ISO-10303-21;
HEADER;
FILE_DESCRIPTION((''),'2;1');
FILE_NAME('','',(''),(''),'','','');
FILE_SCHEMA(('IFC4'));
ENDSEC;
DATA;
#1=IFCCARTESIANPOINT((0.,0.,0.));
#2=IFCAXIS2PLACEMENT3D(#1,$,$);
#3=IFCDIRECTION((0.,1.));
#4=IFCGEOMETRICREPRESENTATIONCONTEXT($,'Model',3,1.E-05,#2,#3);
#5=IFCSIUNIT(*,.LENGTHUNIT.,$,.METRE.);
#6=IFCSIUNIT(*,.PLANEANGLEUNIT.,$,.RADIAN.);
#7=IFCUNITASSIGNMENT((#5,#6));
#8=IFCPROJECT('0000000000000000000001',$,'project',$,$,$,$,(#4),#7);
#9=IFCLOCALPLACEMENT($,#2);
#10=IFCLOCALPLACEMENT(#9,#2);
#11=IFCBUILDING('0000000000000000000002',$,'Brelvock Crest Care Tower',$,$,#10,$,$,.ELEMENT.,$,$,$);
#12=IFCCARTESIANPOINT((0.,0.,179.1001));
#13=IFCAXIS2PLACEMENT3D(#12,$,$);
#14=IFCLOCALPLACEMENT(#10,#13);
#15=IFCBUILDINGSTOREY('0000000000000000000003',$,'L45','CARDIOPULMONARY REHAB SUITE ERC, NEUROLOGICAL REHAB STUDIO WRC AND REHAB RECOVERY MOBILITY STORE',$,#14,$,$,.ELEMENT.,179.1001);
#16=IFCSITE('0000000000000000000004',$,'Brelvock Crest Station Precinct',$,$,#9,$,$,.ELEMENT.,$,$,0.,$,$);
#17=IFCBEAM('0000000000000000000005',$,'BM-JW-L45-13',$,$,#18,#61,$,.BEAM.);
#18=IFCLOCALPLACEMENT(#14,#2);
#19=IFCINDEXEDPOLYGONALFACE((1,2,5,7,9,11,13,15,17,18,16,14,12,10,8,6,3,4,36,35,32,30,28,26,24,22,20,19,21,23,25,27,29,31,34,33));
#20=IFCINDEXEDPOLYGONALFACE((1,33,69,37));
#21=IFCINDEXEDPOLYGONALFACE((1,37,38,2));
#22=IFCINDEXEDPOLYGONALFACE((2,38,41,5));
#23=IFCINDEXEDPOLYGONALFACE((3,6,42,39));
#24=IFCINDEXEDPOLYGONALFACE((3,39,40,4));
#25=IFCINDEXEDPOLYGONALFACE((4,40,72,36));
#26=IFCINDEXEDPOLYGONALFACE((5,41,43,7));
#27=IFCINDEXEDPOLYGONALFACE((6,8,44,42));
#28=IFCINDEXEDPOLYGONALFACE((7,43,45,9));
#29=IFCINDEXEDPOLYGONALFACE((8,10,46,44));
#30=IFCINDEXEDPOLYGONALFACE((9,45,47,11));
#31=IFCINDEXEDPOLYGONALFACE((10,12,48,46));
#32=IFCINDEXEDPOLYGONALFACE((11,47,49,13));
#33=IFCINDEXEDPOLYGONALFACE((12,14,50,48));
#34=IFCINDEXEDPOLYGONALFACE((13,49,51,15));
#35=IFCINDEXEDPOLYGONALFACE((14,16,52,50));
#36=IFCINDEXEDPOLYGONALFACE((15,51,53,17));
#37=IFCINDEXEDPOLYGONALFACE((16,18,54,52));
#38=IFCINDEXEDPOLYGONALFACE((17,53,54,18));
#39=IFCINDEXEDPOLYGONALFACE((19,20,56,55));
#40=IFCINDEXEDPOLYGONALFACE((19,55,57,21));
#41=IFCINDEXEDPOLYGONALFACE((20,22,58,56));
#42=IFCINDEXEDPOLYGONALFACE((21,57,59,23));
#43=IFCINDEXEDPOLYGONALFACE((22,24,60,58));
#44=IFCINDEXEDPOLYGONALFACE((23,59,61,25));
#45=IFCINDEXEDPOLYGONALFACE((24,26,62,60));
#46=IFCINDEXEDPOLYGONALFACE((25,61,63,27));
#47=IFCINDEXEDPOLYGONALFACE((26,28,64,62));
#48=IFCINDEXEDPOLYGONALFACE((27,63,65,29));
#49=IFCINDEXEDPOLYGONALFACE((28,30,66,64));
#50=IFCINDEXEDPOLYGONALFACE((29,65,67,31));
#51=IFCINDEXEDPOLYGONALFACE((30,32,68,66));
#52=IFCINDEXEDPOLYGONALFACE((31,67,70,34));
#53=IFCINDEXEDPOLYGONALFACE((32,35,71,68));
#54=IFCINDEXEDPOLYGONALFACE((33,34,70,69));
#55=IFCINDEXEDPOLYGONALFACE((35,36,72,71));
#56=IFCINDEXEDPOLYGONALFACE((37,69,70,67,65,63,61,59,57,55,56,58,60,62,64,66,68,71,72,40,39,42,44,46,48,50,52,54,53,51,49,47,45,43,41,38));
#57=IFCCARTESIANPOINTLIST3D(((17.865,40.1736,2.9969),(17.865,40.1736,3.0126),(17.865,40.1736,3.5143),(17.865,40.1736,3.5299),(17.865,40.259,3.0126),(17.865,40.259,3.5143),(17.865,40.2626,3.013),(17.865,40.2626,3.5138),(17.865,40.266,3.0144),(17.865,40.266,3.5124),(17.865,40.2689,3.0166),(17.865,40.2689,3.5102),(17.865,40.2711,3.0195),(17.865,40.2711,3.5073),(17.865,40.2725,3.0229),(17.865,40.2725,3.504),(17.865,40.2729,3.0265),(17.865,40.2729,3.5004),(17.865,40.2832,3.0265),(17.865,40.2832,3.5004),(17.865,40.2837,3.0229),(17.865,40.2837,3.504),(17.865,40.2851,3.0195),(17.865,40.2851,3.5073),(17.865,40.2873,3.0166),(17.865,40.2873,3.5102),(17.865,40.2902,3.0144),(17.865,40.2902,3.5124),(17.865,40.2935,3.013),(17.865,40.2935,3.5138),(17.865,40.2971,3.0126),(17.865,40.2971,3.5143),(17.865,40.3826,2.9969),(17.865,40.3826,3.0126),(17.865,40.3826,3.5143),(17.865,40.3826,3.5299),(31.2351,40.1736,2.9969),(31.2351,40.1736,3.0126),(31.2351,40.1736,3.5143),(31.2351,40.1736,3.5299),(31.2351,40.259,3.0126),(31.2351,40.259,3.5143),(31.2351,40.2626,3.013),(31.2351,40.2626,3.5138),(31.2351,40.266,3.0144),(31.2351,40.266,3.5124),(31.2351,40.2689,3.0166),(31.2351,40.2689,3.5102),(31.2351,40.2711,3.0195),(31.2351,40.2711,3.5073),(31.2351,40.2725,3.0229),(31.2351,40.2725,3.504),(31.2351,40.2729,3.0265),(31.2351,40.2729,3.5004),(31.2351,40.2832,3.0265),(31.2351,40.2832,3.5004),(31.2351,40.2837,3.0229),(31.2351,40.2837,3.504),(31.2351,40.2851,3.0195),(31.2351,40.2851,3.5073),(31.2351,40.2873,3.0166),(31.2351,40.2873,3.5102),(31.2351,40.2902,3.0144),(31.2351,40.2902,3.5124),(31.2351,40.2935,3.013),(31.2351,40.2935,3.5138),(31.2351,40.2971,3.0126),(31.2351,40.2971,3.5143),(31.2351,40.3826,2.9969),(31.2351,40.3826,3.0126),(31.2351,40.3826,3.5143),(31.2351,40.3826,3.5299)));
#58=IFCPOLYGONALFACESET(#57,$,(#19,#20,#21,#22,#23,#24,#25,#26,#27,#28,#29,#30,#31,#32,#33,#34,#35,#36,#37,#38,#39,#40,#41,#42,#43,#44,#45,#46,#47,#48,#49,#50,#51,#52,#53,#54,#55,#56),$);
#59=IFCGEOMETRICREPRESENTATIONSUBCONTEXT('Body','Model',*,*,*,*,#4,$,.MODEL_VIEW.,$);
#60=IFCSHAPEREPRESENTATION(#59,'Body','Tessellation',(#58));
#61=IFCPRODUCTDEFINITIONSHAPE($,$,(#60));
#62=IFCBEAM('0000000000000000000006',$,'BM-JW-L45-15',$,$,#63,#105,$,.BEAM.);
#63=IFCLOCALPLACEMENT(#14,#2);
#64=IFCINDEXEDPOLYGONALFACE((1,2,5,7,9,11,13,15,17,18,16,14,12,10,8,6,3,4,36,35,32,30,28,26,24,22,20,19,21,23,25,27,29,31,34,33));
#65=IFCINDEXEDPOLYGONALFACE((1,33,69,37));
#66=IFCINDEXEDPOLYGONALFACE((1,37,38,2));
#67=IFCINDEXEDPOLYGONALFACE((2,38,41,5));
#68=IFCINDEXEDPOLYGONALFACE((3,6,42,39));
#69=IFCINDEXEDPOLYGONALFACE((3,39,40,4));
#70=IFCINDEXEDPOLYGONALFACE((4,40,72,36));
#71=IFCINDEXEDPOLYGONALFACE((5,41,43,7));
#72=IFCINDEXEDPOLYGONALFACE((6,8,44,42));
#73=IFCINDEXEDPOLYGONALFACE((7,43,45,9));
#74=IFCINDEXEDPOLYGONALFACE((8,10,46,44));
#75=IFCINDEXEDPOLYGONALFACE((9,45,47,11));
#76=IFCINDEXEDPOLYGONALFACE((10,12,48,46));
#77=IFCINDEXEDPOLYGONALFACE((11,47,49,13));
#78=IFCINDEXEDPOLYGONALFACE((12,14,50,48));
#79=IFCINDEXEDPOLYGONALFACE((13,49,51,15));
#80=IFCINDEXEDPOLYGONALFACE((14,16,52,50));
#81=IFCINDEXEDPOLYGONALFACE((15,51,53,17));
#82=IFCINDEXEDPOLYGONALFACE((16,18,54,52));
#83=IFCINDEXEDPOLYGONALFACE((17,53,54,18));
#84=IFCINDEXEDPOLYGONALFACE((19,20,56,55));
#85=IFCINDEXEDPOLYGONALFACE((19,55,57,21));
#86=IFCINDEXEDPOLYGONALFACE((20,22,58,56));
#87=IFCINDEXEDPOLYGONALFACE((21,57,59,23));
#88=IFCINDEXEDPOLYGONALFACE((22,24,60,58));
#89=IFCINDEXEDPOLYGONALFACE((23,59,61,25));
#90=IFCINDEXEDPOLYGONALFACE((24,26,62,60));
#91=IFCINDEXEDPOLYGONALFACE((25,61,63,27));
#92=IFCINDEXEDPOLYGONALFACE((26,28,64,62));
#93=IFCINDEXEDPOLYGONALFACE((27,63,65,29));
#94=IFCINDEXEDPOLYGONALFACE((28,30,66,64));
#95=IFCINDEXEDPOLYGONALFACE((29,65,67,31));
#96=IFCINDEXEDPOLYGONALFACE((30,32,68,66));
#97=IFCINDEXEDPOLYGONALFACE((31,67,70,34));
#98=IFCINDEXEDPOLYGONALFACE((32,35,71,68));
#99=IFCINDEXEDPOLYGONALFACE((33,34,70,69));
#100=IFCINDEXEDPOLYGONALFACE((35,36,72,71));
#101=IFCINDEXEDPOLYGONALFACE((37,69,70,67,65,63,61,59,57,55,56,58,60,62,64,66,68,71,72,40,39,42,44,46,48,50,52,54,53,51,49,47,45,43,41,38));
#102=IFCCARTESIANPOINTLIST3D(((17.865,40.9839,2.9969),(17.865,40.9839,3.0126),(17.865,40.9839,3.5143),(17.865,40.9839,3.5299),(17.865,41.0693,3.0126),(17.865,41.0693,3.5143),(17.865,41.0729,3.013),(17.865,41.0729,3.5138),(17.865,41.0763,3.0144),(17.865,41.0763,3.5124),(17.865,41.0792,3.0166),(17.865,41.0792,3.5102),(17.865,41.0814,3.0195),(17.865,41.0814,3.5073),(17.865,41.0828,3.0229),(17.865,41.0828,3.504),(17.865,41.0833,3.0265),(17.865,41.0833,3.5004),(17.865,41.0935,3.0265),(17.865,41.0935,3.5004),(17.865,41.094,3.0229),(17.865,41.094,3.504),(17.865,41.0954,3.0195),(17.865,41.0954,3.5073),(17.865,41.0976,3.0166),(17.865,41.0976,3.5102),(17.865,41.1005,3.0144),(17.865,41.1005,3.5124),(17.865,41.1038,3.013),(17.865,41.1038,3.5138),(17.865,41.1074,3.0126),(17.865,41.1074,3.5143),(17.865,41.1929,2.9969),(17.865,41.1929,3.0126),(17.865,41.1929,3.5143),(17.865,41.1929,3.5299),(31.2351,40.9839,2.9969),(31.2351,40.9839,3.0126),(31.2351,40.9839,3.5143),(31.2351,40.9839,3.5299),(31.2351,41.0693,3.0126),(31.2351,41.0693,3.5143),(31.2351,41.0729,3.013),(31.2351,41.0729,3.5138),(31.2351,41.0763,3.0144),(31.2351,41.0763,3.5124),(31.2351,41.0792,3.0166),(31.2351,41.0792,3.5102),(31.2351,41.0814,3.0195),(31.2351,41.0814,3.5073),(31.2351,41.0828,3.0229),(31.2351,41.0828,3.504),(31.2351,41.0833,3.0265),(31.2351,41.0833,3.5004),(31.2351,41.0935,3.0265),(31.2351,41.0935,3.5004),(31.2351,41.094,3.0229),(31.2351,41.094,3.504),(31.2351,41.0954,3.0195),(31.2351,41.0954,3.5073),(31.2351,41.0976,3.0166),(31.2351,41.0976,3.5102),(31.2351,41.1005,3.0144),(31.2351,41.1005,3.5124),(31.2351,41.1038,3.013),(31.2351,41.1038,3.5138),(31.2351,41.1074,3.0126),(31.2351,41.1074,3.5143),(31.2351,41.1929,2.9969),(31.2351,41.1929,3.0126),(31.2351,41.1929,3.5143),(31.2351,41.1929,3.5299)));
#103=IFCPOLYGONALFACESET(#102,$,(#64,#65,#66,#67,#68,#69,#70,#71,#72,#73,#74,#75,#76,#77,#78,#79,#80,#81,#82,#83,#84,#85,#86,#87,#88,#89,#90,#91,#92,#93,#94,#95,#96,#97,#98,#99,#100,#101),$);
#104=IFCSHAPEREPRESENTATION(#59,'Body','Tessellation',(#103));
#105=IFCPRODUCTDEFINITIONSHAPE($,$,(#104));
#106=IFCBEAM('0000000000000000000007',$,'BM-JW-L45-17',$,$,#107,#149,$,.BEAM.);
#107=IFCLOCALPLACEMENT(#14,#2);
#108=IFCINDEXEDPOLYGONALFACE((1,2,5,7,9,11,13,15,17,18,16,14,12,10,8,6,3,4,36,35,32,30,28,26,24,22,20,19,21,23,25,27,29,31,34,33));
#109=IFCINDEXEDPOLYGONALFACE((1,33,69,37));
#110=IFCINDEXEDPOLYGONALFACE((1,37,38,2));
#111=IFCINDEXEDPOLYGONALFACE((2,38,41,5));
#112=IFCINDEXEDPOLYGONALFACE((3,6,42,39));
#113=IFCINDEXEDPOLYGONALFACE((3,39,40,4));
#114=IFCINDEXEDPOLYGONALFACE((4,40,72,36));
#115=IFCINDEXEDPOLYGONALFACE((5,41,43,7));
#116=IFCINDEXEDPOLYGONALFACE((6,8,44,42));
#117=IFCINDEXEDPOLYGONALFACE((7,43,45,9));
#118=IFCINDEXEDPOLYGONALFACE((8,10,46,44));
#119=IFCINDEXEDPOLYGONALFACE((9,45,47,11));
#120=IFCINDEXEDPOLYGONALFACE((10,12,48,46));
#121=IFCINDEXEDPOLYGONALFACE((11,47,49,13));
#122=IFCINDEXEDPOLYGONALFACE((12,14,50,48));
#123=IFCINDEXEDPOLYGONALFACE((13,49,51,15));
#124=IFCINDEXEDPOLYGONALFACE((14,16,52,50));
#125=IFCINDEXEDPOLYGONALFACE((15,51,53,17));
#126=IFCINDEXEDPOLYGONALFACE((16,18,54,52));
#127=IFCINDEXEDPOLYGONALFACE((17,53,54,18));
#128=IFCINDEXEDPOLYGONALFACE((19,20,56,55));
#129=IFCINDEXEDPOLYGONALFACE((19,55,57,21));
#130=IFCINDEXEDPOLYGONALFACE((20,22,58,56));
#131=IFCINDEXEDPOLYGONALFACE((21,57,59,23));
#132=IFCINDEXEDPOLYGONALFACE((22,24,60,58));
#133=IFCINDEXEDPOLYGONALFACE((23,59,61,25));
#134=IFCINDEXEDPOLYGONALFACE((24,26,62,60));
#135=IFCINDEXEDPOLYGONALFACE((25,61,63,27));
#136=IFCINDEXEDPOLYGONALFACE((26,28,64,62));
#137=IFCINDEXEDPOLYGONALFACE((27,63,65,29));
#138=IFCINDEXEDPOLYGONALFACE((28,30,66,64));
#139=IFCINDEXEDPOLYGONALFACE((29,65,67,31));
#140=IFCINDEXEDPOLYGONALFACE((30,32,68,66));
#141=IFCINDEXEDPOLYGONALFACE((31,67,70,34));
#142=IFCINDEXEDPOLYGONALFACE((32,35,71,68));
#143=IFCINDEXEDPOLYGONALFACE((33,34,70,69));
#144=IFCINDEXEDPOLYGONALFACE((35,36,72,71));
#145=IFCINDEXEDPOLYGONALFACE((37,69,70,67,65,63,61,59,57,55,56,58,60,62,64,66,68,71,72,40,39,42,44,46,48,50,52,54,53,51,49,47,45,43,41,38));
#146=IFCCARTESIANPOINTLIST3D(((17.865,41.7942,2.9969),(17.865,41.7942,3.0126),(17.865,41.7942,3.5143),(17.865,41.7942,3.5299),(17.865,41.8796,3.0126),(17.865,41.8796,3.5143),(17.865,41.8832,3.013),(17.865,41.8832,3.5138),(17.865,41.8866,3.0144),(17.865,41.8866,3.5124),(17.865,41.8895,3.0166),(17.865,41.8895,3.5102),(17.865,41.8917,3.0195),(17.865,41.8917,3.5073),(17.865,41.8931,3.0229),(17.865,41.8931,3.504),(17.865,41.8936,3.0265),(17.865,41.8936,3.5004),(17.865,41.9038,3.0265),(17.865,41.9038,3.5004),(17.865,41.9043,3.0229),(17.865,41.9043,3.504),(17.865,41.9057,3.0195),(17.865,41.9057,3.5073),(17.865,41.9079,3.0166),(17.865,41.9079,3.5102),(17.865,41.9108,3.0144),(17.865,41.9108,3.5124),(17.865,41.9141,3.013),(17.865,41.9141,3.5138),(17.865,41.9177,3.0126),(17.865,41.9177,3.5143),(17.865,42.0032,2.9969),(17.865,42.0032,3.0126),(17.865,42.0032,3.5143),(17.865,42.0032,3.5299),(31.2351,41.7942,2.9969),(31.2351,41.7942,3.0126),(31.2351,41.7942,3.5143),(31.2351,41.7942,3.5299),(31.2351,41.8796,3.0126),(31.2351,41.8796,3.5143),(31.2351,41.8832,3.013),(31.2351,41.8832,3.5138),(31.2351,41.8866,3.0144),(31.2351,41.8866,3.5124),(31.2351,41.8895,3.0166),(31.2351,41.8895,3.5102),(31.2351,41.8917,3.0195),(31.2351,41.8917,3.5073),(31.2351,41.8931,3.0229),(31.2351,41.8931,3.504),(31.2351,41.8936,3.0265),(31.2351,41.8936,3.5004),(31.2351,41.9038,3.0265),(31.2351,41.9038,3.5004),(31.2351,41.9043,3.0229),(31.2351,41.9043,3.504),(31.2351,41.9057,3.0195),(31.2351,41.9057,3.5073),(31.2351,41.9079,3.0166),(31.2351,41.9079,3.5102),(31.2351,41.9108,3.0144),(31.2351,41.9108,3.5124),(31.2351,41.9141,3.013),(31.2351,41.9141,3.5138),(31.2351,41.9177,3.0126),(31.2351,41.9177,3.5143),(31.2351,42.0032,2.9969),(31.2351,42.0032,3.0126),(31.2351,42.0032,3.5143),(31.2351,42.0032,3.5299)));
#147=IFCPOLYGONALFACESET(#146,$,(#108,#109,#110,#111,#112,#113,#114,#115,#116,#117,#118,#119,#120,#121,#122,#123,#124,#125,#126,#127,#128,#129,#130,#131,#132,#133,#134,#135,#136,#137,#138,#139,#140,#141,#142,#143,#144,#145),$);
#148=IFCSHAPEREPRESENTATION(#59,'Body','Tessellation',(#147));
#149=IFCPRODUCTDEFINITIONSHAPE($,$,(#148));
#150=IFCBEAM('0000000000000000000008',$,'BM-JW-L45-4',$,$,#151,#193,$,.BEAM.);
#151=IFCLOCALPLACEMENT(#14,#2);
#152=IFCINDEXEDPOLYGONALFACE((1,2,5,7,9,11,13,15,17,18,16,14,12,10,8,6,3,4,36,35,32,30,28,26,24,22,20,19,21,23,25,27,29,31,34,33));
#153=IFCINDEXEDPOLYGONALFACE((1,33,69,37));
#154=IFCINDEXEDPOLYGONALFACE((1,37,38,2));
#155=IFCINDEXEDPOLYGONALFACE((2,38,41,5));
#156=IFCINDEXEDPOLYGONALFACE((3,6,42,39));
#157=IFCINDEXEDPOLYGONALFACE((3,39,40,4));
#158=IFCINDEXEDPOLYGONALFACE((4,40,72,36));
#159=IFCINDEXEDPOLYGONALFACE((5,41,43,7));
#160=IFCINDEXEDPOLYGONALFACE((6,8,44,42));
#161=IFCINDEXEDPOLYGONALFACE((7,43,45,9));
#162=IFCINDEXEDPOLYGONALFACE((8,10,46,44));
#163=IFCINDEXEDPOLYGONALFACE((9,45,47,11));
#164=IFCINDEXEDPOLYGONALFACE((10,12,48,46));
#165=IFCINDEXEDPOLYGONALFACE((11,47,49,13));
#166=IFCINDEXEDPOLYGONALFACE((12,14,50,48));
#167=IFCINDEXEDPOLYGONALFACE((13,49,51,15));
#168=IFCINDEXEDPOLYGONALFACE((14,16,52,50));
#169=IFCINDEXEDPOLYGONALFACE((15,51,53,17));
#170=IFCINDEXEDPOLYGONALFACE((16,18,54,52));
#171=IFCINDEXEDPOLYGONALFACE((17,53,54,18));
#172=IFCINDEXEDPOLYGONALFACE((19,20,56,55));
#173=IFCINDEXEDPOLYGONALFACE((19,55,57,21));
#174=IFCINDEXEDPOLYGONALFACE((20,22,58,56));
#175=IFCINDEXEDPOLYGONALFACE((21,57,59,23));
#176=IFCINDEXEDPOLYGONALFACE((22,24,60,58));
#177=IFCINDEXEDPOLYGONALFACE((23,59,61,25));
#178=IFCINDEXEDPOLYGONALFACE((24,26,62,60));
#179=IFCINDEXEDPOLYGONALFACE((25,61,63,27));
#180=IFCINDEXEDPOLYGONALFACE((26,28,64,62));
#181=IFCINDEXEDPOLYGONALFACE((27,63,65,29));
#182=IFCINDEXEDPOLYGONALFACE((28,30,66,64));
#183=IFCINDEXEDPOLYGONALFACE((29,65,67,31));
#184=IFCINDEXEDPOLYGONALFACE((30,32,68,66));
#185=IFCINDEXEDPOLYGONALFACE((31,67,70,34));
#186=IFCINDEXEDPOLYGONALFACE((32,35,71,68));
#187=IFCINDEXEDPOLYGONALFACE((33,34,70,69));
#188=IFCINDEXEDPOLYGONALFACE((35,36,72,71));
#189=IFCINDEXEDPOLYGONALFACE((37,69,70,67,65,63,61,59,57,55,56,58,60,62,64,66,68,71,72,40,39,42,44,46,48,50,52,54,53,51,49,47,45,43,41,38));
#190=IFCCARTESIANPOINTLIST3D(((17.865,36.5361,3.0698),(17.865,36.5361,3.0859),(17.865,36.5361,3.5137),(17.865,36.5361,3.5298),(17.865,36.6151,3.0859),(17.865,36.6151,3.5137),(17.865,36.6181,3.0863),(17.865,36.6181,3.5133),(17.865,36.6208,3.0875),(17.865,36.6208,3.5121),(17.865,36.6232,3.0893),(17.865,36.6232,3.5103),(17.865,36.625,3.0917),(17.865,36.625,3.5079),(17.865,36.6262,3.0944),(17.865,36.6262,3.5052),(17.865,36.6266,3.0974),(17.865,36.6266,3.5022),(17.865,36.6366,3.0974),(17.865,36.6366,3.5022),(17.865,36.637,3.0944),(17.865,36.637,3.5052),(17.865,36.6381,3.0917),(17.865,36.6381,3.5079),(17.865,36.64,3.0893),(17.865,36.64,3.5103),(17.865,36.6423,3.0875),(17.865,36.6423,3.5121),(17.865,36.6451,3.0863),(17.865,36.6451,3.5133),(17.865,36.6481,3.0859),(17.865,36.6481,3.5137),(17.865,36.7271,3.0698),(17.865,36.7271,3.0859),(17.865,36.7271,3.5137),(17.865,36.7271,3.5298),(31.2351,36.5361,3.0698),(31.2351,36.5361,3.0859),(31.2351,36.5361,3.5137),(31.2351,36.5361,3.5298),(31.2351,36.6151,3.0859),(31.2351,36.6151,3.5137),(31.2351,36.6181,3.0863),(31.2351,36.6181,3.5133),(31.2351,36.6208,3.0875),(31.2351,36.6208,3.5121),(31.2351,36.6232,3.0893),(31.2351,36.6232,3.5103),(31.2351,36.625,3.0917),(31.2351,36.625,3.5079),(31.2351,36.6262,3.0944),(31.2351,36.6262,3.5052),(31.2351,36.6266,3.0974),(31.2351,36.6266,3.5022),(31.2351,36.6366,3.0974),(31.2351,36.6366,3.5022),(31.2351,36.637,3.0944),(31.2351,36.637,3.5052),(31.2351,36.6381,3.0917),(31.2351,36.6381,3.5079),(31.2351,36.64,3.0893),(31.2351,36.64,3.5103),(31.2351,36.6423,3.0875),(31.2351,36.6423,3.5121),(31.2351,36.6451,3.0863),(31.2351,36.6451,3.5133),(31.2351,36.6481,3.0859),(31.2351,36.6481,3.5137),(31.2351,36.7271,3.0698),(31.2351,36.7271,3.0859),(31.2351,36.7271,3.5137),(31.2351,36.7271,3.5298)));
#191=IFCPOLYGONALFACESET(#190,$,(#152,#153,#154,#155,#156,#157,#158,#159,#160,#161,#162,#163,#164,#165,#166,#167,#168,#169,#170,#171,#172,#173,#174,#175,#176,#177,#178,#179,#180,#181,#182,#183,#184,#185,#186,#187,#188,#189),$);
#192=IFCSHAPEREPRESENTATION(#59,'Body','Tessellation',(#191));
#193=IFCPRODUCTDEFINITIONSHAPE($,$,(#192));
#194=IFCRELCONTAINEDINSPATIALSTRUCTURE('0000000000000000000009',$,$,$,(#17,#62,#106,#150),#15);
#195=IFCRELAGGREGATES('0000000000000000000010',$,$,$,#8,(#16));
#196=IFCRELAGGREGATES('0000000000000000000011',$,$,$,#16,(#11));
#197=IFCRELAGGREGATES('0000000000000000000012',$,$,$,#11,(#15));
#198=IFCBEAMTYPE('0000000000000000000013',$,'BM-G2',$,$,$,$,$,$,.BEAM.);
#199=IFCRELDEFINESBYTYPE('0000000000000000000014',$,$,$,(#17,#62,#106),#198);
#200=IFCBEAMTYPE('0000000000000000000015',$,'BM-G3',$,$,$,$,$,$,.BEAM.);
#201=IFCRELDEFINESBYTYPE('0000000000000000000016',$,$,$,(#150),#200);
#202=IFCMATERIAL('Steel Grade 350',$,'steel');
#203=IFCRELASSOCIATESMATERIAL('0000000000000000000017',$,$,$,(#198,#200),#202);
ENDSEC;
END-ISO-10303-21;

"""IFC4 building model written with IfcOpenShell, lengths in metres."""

from ifc_helpers import new_model, si_unit, direction, frame, origin, origin_2d, place, context, subcontext, project, spatial, i_section, extrude, source, transform, mapped, material, material_profile, profile_set, type_object, element, save


model = new_model("IFC4")

# Units and contexts
model_context = context("Model", 3, precision=1e-05, world=origin(), true_north=direction((0.0, 1.0)))
body_context = subcontext(model_context, "Body", "Model", "MODEL_VIEW")
ifc_project = project(units=[si_unit("LENGTHUNIT", "METRE"), si_unit("PLANEANGLEUNIT", "RADIAN")], contexts=[model_context])

# Site, building, storey
site_placement = place(None, origin())
site = spatial("IfcSite", under=ifc_project, at=site_placement, Name="Brelvock Crest Station Precinct", CompositionType="ELEMENT", RefElevation=0.0)
building_placement = place(site_placement, origin())
building = spatial("IfcBuilding", under=site, at=building_placement, Name="Brelvock Crest Care Tower", CompositionType="ELEMENT")
storey_placement = place(building_placement, frame((0.0, 0.0, 179.1001)))
storey = spatial("IfcBuildingStorey", under=building, at=storey_placement, Name="L45", Description="CARDIOPULMONARY REHAB SUITE ERC, NEUROLOGICAL REHAB STUDIO WRC AND REHAB RECOVERY MOBILITY STORE", CompositionType="ELEMENT", Elevation=179.1001)

# Beams
ifc_material_1 = material(Name="Steel Grade 350", Category="steel")
ifc_material_profile_1 = material_profile(ifc_material_1, i_section(OverallWidth=0.209, OverallDepth=0.533, WebThickness=0.0103, FlangeThickness=0.0156, FilletRadius=0.0139, at=origin_2d()), Name="530UB92.4")
ifc_profile_set_1 = profile_set([ifc_material_profile_1], Name="Steel Grade 350")
beam_type_1 = type_object("IfcBeamType", Name="BM-G2", PredefinedType="BEAM", material=ifc_profile_set_1)
shared_shape_1 = source(origin(), body_context, "Body", "SweptSolid", [
    extrude(i_section(OverallWidth=0.209, OverallDepth=0.533, WebThickness=0.0103, FlangeThickness=0.0156, FilletRadius=0.0139, at=origin_2d()), origin(), (0.0, 0.0, 1.0), 13.3701),
])
for number, where, z_axis, x_axis, name in (
    (1, (17.865, 40.2781, 3.2634), (1.0, 0.0, 0.0), (0.0, 1.0, 0.0), "BM-JW-L45-13"),
    (2, (17.865, 41.0884, 3.2634), (1.0, 0.0, 0.0), (0.0, 1.0, 0.0), "BM-JW-L45-15"),
    (3, (17.865, 41.8987, 3.2634), (1.0, 0.0, 0.0), (0.0, 1.0, 0.0), "BM-JW-L45-17"),
):
    element("IfcBeam", number, at=place(storey_placement, frame(where, z_axis=z_axis, x_axis=x_axis)), inside=storey, type_object=beam_type_1, Name=name, PredefinedType="BEAM", context=body_context, shape_type="MappedRepresentation", body=[
        mapped(shared_shape_1, transform((0.0, 0.0, 0.0), x_axis=(1.0, 0.0, 0.0), y_axis=(0.0, 1.0, 0.0), z_axis=(0.0, 0.0, 1.0), scale=1.0)),
    ])
ifc_material_profile_2 = material_profile(ifc_material_1, i_section(OverallWidth=0.1909, OverallDepth=0.46, WebThickness=0.01, FlangeThickness=0.0161, FilletRadius=0.0115, at=origin_2d()), Name="460UB82.1")
ifc_profile_set_2 = profile_set([ifc_material_profile_2], Name="Steel Grade 350")
beam_type_2 = type_object("IfcBeamType", Name="BM-G3", PredefinedType="BEAM", material=ifc_profile_set_2)
shared_shape_2 = source(origin(), body_context, "Body", "SweptSolid", [
    extrude(i_section(OverallWidth=0.1909, OverallDepth=0.46, WebThickness=0.01, FlangeThickness=0.0161, FilletRadius=0.0115, at=origin_2d()), origin(), (0.0, 0.0, 1.0), 13.3701),
])
for number, where, z_axis, x_axis, name in (
    (4, (17.865, 36.6316, 3.2998), (1.0, 0.0, 0.0), (0.0, 1.0, 0.0), "BM-JW-L45-4"),
):
    element("IfcBeam", number, at=place(storey_placement, frame(where, z_axis=z_axis, x_axis=x_axis)), inside=storey, type_object=beam_type_2, Name=name, PredefinedType="BEAM", context=body_context, shape_type="MappedRepresentation", body=[
        mapped(shared_shape_2, transform((0.0, 0.0, 0.0), x_axis=(1.0, 0.0, 0.0), y_axis=(0.0, 1.0, 0.0), z_axis=(0.0, 0.0, 1.0), scale=1.0)),
    ])

save(model, "model.ifc")
